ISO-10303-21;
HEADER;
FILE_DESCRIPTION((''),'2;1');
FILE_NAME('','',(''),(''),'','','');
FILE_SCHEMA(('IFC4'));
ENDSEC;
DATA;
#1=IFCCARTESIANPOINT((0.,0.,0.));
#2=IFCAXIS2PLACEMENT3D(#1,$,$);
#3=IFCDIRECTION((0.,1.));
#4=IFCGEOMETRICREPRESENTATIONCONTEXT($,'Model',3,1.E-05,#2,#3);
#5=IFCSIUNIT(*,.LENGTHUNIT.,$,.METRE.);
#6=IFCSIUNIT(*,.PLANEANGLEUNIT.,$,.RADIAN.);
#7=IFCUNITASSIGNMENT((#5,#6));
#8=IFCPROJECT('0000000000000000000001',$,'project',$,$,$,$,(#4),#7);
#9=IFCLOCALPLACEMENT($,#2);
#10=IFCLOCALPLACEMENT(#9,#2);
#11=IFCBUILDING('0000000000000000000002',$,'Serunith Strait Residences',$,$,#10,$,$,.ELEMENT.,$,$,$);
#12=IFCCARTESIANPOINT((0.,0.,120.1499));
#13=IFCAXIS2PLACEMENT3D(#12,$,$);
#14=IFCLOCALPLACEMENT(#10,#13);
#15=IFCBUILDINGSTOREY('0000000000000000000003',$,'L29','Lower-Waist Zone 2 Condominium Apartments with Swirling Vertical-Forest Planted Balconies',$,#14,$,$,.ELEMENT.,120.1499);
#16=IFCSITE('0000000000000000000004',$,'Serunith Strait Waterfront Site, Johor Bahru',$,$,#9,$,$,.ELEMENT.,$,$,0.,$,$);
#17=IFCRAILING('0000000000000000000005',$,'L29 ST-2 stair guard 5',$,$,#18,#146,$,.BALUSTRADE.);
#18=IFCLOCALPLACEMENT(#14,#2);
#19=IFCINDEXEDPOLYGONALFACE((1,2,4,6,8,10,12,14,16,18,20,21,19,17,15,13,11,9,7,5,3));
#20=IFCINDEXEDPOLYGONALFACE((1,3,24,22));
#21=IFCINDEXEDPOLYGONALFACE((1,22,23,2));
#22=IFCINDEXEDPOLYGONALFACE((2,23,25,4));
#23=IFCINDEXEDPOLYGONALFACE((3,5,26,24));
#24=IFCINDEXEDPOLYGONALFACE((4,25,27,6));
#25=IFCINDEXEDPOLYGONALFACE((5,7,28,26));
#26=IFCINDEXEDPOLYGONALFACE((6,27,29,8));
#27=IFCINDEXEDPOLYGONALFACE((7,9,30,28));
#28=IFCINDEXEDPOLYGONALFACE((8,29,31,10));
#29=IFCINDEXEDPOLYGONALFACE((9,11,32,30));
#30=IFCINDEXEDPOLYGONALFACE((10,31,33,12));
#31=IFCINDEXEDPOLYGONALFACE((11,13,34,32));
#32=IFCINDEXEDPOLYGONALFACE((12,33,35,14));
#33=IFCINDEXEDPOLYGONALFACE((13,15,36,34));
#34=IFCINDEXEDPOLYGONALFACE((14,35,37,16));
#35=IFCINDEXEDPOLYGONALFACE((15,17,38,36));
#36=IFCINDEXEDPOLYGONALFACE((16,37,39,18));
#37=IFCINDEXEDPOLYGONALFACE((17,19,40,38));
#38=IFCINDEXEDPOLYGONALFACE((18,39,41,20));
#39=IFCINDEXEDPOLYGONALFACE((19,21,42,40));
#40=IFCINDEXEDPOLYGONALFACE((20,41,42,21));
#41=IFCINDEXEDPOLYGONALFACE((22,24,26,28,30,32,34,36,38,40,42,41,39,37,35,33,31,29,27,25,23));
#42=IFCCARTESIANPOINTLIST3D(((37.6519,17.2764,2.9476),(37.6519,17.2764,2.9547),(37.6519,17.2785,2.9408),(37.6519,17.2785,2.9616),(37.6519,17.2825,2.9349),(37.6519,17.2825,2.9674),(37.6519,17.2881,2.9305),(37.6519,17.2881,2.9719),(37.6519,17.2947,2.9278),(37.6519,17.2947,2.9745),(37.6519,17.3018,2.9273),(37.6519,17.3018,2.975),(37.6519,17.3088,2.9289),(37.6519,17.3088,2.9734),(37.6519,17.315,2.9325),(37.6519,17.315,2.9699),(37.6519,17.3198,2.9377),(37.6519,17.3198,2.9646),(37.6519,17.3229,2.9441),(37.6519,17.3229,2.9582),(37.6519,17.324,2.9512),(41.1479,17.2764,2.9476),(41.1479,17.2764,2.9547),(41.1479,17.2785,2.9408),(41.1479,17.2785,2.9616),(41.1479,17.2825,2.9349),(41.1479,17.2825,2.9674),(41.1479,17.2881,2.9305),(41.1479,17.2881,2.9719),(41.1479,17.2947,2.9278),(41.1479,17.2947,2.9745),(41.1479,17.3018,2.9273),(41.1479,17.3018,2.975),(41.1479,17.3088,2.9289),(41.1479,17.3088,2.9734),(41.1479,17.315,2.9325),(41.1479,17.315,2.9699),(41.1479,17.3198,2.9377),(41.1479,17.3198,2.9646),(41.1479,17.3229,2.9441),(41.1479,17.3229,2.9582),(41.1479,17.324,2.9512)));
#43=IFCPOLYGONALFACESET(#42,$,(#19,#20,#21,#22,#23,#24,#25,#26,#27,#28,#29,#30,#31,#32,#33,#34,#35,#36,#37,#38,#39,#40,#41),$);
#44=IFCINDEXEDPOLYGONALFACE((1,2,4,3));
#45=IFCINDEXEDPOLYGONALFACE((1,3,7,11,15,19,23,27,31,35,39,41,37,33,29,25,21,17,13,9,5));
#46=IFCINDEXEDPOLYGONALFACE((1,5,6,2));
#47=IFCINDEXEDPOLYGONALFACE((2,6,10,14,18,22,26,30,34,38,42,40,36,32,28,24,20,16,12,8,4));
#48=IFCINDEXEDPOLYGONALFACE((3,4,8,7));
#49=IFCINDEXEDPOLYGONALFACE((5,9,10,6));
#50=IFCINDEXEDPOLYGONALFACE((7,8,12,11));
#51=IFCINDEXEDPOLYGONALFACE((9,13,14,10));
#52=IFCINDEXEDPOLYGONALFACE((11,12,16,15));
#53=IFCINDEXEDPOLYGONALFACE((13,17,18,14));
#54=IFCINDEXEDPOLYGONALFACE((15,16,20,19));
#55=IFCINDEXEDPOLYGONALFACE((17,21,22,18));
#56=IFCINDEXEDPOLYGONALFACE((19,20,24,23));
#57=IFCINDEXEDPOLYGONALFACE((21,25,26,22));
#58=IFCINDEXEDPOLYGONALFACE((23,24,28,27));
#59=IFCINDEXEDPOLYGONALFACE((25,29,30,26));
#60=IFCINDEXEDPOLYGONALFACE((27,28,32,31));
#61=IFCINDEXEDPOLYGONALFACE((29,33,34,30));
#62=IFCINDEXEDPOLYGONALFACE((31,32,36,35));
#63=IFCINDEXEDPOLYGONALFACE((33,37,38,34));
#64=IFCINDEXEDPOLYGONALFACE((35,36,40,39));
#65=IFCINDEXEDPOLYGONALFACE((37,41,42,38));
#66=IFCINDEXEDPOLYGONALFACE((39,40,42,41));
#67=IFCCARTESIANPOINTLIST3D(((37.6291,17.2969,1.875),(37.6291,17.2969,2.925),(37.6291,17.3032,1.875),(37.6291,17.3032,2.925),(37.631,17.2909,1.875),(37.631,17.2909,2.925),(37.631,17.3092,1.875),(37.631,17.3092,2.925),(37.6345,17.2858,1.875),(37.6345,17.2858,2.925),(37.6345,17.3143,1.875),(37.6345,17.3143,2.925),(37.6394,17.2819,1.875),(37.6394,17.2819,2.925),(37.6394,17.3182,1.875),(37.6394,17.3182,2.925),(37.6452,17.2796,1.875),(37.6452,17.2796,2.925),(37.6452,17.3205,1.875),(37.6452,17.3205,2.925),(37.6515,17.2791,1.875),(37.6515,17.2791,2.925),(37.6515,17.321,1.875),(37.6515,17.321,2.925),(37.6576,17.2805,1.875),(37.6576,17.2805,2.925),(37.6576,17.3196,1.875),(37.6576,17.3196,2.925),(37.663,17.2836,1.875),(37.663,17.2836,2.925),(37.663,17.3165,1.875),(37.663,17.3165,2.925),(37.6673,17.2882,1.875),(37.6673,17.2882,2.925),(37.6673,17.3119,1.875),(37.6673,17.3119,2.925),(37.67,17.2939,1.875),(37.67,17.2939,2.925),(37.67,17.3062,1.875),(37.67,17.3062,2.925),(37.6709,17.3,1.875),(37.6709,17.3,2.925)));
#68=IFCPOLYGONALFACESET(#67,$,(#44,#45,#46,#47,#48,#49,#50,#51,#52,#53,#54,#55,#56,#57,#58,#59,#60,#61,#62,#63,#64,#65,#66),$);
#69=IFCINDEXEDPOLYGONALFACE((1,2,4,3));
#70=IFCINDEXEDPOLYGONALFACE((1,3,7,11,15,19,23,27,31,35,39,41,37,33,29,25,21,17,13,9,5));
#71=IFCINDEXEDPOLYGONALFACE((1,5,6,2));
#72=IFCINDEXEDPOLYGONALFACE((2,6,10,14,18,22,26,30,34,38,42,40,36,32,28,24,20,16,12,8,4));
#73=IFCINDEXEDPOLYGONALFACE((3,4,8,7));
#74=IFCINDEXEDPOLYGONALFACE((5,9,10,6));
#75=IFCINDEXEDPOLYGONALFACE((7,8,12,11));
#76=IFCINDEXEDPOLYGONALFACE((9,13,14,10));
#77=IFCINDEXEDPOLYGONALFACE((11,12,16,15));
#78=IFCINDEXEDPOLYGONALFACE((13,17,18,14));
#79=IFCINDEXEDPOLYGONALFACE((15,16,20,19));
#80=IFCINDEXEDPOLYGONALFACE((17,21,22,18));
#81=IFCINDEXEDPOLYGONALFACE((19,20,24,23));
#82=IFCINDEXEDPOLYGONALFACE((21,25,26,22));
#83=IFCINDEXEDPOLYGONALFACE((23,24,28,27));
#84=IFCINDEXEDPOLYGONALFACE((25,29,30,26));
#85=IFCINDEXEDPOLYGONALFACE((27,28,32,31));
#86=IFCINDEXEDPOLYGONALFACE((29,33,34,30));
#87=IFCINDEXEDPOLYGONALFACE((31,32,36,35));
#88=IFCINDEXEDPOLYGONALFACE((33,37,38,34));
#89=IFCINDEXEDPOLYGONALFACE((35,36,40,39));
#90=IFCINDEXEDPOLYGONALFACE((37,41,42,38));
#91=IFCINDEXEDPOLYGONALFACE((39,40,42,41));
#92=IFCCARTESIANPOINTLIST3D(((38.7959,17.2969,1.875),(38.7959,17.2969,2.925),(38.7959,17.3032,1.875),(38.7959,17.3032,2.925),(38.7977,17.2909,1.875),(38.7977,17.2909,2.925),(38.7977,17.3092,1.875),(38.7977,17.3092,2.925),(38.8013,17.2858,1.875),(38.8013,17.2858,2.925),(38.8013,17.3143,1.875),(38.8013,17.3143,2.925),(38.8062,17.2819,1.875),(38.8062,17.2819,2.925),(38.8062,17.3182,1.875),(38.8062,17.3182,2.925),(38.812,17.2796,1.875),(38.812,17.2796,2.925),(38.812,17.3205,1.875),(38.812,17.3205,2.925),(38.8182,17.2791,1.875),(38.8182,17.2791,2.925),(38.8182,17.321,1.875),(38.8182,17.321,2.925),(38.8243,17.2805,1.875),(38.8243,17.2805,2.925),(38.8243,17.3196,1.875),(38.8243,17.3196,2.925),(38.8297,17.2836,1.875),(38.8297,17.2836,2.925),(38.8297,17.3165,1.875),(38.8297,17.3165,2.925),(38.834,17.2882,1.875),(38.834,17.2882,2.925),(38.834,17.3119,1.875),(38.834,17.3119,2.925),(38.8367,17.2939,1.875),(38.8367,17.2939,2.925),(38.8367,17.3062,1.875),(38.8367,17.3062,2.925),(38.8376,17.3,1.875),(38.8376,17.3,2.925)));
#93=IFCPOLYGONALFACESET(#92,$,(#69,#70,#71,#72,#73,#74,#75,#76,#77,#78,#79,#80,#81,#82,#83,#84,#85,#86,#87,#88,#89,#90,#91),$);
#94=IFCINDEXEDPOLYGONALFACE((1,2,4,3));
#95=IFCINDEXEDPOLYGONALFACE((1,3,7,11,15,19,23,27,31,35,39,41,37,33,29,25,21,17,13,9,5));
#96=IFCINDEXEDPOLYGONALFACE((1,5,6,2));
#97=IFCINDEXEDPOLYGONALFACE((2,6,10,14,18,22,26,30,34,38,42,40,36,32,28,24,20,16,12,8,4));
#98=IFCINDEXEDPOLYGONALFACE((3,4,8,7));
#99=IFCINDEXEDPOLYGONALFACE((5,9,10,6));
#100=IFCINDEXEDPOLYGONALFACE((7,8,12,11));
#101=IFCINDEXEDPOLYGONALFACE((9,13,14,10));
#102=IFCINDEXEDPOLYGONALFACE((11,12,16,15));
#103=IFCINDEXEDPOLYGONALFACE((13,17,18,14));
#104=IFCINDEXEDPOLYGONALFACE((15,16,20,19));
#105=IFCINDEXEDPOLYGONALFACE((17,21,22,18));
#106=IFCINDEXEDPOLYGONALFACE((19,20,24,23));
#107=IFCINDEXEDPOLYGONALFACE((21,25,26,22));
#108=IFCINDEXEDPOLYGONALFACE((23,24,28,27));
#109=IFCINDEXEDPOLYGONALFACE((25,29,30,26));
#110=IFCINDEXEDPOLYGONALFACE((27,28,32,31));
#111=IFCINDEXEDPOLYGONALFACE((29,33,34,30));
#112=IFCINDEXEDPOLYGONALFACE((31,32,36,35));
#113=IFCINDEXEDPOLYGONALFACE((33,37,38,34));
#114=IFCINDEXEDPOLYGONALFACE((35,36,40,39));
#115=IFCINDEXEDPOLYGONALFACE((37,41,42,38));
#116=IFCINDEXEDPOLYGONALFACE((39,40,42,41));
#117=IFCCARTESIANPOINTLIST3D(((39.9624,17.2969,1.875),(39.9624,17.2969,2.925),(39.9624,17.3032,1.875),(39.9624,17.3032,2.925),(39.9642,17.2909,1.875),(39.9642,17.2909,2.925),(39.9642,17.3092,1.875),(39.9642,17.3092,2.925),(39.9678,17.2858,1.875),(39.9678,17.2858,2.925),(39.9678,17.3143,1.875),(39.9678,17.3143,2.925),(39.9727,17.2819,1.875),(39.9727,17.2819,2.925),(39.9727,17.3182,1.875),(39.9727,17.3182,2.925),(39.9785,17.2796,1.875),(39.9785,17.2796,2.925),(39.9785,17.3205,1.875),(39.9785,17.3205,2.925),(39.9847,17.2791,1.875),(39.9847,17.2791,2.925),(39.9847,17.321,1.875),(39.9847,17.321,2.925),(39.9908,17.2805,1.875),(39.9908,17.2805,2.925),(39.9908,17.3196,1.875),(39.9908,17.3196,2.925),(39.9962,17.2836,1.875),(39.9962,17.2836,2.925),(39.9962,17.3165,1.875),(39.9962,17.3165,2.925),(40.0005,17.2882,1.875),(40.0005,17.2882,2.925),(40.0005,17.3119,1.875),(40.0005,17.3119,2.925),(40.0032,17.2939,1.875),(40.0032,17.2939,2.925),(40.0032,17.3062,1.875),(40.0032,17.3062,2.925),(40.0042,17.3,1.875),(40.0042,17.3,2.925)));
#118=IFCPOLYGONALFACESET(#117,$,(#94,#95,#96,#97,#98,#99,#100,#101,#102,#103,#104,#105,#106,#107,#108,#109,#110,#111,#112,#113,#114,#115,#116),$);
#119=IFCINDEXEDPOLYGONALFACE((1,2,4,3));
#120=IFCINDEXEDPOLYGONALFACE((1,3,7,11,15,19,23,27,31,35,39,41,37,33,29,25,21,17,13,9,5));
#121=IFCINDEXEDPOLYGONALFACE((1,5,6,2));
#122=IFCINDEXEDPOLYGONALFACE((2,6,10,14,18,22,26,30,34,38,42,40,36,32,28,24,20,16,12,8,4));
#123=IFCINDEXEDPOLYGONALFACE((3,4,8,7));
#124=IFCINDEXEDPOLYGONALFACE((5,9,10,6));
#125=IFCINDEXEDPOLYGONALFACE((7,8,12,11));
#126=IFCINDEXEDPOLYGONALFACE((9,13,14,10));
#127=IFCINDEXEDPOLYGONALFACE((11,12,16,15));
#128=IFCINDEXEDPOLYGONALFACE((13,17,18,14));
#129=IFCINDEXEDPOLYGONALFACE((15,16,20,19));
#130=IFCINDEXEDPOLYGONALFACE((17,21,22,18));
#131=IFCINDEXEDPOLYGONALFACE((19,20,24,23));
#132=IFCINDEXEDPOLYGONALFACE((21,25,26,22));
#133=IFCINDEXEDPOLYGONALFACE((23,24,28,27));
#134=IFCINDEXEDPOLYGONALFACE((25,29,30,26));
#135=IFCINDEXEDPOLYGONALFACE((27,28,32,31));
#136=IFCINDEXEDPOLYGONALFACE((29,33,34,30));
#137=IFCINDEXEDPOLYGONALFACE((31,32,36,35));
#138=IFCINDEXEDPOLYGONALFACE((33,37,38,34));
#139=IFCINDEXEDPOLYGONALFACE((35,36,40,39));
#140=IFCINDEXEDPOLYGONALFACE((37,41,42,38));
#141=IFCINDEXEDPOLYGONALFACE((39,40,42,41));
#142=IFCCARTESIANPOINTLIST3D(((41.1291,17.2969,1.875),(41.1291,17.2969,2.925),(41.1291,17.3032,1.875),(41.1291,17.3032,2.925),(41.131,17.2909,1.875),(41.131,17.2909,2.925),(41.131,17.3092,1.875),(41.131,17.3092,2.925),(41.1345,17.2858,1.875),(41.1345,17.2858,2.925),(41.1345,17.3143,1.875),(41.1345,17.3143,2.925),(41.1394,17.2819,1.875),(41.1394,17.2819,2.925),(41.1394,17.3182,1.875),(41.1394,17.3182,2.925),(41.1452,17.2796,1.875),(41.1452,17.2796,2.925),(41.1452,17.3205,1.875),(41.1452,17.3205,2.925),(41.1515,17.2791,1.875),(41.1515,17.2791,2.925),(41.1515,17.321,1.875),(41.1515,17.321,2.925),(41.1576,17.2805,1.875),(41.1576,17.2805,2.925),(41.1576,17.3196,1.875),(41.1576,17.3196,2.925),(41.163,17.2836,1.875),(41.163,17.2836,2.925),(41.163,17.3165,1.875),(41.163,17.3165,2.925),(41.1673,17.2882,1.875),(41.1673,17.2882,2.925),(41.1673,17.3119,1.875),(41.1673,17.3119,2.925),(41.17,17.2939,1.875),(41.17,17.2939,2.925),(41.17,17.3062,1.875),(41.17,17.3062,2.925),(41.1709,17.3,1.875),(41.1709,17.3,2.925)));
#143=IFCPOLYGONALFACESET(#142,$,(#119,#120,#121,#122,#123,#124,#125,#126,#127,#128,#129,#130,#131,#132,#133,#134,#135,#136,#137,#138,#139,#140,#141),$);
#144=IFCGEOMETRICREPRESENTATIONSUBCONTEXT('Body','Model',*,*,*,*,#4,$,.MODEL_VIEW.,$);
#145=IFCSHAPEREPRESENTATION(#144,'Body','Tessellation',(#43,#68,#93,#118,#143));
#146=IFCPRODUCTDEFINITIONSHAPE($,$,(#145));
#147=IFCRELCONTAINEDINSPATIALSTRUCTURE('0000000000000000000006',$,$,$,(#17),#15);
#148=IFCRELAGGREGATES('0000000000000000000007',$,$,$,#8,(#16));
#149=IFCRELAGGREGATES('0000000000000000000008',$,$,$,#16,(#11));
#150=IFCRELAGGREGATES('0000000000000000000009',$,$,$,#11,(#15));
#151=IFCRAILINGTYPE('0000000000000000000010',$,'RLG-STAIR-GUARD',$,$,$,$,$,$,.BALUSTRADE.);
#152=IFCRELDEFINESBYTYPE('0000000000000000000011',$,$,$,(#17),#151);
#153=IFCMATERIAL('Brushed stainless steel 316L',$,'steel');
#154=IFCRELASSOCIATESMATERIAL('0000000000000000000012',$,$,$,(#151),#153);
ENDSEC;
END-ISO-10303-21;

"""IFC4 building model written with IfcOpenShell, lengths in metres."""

from ifc_helpers import new_model, si_unit, direction, frame, origin, origin_2d, place, context, subcontext, project, spatial, circle, extrude, material, type_object, element, save


model = new_model("IFC4")

# Units and contexts
model_context = context("Model", 3, precision=1e-05, world=origin(), true_north=direction((0.0, 1.0)))
body_context = subcontext(model_context, "Body", "Model", "MODEL_VIEW")
ifc_project = project(units=[si_unit("LENGTHUNIT", "METRE"), si_unit("PLANEANGLEUNIT", "RADIAN")], contexts=[model_context])

# Site, building, storey
site_placement = place(None, origin())
site = spatial("IfcSite", under=ifc_project, at=site_placement, Name="Serunith Strait Waterfront Site, Johor Bahru", CompositionType="ELEMENT", RefElevation=0.0)
building_placement = place(site_placement, origin())
building = spatial("IfcBuilding", under=site, at=building_placement, Name="Serunith Strait Residences", CompositionType="ELEMENT")
storey_placement = place(building_placement, frame((0.0, 0.0, 120.1499)))
storey = spatial("IfcBuildingStorey", under=building, at=storey_placement, Name="L29", Description="Lower-Waist Zone 2 Condominium Apartments with Swirling Vertical-Forest Planted Balconies", CompositionType="ELEMENT", Elevation=120.1499)

# Railing
ifc_material_1 = material(Name="Brushed stainless steel 316L", Category="steel")
railing_type_1 = type_object("IfcRailingType", Name="RLG-STAIR-GUARD", PredefinedType="BALUSTRADE", material=ifc_material_1)
railing_1_placement = place(storey_placement, frame((37.6499, 17.3, 1.875)))
element("IfcRailing", 1, at=railing_1_placement, inside=storey, type_object=railing_type_1, Name="L29 ST-2 stair guard 5", PredefinedType="BALUSTRADE", context=body_context, shape_type="SweptSolid", body=[
    extrude(circle(Radius=0.0239, at=origin_2d()), frame((0.002, 0.0, 1.0762), z_axis=(1.0, 0.0, 0.0), x_axis=(0.0, 1.0, 0.0)), (0.0, 0.0, 1.0), 3.4961),
    extrude(circle(Radius=0.021, at=origin_2d()), origin(), (0.0, 0.0, 1.0), 1.05),
    extrude(circle(Radius=0.021, at=origin_2d()), frame((1.1667, 0.0, 0.0)), (0.0, 0.0, 1.0), 1.05),
    extrude(circle(Radius=0.021, at=origin_2d()), frame((2.3333, 0.0, 0.0)), (0.0, 0.0, 1.0), 1.05),
    extrude(circle(Radius=0.021, at=origin_2d()), frame((3.5, 0.0, 0.0)), (0.0, 0.0, 1.0), 1.05),
])

save(model, "model.ifc")
